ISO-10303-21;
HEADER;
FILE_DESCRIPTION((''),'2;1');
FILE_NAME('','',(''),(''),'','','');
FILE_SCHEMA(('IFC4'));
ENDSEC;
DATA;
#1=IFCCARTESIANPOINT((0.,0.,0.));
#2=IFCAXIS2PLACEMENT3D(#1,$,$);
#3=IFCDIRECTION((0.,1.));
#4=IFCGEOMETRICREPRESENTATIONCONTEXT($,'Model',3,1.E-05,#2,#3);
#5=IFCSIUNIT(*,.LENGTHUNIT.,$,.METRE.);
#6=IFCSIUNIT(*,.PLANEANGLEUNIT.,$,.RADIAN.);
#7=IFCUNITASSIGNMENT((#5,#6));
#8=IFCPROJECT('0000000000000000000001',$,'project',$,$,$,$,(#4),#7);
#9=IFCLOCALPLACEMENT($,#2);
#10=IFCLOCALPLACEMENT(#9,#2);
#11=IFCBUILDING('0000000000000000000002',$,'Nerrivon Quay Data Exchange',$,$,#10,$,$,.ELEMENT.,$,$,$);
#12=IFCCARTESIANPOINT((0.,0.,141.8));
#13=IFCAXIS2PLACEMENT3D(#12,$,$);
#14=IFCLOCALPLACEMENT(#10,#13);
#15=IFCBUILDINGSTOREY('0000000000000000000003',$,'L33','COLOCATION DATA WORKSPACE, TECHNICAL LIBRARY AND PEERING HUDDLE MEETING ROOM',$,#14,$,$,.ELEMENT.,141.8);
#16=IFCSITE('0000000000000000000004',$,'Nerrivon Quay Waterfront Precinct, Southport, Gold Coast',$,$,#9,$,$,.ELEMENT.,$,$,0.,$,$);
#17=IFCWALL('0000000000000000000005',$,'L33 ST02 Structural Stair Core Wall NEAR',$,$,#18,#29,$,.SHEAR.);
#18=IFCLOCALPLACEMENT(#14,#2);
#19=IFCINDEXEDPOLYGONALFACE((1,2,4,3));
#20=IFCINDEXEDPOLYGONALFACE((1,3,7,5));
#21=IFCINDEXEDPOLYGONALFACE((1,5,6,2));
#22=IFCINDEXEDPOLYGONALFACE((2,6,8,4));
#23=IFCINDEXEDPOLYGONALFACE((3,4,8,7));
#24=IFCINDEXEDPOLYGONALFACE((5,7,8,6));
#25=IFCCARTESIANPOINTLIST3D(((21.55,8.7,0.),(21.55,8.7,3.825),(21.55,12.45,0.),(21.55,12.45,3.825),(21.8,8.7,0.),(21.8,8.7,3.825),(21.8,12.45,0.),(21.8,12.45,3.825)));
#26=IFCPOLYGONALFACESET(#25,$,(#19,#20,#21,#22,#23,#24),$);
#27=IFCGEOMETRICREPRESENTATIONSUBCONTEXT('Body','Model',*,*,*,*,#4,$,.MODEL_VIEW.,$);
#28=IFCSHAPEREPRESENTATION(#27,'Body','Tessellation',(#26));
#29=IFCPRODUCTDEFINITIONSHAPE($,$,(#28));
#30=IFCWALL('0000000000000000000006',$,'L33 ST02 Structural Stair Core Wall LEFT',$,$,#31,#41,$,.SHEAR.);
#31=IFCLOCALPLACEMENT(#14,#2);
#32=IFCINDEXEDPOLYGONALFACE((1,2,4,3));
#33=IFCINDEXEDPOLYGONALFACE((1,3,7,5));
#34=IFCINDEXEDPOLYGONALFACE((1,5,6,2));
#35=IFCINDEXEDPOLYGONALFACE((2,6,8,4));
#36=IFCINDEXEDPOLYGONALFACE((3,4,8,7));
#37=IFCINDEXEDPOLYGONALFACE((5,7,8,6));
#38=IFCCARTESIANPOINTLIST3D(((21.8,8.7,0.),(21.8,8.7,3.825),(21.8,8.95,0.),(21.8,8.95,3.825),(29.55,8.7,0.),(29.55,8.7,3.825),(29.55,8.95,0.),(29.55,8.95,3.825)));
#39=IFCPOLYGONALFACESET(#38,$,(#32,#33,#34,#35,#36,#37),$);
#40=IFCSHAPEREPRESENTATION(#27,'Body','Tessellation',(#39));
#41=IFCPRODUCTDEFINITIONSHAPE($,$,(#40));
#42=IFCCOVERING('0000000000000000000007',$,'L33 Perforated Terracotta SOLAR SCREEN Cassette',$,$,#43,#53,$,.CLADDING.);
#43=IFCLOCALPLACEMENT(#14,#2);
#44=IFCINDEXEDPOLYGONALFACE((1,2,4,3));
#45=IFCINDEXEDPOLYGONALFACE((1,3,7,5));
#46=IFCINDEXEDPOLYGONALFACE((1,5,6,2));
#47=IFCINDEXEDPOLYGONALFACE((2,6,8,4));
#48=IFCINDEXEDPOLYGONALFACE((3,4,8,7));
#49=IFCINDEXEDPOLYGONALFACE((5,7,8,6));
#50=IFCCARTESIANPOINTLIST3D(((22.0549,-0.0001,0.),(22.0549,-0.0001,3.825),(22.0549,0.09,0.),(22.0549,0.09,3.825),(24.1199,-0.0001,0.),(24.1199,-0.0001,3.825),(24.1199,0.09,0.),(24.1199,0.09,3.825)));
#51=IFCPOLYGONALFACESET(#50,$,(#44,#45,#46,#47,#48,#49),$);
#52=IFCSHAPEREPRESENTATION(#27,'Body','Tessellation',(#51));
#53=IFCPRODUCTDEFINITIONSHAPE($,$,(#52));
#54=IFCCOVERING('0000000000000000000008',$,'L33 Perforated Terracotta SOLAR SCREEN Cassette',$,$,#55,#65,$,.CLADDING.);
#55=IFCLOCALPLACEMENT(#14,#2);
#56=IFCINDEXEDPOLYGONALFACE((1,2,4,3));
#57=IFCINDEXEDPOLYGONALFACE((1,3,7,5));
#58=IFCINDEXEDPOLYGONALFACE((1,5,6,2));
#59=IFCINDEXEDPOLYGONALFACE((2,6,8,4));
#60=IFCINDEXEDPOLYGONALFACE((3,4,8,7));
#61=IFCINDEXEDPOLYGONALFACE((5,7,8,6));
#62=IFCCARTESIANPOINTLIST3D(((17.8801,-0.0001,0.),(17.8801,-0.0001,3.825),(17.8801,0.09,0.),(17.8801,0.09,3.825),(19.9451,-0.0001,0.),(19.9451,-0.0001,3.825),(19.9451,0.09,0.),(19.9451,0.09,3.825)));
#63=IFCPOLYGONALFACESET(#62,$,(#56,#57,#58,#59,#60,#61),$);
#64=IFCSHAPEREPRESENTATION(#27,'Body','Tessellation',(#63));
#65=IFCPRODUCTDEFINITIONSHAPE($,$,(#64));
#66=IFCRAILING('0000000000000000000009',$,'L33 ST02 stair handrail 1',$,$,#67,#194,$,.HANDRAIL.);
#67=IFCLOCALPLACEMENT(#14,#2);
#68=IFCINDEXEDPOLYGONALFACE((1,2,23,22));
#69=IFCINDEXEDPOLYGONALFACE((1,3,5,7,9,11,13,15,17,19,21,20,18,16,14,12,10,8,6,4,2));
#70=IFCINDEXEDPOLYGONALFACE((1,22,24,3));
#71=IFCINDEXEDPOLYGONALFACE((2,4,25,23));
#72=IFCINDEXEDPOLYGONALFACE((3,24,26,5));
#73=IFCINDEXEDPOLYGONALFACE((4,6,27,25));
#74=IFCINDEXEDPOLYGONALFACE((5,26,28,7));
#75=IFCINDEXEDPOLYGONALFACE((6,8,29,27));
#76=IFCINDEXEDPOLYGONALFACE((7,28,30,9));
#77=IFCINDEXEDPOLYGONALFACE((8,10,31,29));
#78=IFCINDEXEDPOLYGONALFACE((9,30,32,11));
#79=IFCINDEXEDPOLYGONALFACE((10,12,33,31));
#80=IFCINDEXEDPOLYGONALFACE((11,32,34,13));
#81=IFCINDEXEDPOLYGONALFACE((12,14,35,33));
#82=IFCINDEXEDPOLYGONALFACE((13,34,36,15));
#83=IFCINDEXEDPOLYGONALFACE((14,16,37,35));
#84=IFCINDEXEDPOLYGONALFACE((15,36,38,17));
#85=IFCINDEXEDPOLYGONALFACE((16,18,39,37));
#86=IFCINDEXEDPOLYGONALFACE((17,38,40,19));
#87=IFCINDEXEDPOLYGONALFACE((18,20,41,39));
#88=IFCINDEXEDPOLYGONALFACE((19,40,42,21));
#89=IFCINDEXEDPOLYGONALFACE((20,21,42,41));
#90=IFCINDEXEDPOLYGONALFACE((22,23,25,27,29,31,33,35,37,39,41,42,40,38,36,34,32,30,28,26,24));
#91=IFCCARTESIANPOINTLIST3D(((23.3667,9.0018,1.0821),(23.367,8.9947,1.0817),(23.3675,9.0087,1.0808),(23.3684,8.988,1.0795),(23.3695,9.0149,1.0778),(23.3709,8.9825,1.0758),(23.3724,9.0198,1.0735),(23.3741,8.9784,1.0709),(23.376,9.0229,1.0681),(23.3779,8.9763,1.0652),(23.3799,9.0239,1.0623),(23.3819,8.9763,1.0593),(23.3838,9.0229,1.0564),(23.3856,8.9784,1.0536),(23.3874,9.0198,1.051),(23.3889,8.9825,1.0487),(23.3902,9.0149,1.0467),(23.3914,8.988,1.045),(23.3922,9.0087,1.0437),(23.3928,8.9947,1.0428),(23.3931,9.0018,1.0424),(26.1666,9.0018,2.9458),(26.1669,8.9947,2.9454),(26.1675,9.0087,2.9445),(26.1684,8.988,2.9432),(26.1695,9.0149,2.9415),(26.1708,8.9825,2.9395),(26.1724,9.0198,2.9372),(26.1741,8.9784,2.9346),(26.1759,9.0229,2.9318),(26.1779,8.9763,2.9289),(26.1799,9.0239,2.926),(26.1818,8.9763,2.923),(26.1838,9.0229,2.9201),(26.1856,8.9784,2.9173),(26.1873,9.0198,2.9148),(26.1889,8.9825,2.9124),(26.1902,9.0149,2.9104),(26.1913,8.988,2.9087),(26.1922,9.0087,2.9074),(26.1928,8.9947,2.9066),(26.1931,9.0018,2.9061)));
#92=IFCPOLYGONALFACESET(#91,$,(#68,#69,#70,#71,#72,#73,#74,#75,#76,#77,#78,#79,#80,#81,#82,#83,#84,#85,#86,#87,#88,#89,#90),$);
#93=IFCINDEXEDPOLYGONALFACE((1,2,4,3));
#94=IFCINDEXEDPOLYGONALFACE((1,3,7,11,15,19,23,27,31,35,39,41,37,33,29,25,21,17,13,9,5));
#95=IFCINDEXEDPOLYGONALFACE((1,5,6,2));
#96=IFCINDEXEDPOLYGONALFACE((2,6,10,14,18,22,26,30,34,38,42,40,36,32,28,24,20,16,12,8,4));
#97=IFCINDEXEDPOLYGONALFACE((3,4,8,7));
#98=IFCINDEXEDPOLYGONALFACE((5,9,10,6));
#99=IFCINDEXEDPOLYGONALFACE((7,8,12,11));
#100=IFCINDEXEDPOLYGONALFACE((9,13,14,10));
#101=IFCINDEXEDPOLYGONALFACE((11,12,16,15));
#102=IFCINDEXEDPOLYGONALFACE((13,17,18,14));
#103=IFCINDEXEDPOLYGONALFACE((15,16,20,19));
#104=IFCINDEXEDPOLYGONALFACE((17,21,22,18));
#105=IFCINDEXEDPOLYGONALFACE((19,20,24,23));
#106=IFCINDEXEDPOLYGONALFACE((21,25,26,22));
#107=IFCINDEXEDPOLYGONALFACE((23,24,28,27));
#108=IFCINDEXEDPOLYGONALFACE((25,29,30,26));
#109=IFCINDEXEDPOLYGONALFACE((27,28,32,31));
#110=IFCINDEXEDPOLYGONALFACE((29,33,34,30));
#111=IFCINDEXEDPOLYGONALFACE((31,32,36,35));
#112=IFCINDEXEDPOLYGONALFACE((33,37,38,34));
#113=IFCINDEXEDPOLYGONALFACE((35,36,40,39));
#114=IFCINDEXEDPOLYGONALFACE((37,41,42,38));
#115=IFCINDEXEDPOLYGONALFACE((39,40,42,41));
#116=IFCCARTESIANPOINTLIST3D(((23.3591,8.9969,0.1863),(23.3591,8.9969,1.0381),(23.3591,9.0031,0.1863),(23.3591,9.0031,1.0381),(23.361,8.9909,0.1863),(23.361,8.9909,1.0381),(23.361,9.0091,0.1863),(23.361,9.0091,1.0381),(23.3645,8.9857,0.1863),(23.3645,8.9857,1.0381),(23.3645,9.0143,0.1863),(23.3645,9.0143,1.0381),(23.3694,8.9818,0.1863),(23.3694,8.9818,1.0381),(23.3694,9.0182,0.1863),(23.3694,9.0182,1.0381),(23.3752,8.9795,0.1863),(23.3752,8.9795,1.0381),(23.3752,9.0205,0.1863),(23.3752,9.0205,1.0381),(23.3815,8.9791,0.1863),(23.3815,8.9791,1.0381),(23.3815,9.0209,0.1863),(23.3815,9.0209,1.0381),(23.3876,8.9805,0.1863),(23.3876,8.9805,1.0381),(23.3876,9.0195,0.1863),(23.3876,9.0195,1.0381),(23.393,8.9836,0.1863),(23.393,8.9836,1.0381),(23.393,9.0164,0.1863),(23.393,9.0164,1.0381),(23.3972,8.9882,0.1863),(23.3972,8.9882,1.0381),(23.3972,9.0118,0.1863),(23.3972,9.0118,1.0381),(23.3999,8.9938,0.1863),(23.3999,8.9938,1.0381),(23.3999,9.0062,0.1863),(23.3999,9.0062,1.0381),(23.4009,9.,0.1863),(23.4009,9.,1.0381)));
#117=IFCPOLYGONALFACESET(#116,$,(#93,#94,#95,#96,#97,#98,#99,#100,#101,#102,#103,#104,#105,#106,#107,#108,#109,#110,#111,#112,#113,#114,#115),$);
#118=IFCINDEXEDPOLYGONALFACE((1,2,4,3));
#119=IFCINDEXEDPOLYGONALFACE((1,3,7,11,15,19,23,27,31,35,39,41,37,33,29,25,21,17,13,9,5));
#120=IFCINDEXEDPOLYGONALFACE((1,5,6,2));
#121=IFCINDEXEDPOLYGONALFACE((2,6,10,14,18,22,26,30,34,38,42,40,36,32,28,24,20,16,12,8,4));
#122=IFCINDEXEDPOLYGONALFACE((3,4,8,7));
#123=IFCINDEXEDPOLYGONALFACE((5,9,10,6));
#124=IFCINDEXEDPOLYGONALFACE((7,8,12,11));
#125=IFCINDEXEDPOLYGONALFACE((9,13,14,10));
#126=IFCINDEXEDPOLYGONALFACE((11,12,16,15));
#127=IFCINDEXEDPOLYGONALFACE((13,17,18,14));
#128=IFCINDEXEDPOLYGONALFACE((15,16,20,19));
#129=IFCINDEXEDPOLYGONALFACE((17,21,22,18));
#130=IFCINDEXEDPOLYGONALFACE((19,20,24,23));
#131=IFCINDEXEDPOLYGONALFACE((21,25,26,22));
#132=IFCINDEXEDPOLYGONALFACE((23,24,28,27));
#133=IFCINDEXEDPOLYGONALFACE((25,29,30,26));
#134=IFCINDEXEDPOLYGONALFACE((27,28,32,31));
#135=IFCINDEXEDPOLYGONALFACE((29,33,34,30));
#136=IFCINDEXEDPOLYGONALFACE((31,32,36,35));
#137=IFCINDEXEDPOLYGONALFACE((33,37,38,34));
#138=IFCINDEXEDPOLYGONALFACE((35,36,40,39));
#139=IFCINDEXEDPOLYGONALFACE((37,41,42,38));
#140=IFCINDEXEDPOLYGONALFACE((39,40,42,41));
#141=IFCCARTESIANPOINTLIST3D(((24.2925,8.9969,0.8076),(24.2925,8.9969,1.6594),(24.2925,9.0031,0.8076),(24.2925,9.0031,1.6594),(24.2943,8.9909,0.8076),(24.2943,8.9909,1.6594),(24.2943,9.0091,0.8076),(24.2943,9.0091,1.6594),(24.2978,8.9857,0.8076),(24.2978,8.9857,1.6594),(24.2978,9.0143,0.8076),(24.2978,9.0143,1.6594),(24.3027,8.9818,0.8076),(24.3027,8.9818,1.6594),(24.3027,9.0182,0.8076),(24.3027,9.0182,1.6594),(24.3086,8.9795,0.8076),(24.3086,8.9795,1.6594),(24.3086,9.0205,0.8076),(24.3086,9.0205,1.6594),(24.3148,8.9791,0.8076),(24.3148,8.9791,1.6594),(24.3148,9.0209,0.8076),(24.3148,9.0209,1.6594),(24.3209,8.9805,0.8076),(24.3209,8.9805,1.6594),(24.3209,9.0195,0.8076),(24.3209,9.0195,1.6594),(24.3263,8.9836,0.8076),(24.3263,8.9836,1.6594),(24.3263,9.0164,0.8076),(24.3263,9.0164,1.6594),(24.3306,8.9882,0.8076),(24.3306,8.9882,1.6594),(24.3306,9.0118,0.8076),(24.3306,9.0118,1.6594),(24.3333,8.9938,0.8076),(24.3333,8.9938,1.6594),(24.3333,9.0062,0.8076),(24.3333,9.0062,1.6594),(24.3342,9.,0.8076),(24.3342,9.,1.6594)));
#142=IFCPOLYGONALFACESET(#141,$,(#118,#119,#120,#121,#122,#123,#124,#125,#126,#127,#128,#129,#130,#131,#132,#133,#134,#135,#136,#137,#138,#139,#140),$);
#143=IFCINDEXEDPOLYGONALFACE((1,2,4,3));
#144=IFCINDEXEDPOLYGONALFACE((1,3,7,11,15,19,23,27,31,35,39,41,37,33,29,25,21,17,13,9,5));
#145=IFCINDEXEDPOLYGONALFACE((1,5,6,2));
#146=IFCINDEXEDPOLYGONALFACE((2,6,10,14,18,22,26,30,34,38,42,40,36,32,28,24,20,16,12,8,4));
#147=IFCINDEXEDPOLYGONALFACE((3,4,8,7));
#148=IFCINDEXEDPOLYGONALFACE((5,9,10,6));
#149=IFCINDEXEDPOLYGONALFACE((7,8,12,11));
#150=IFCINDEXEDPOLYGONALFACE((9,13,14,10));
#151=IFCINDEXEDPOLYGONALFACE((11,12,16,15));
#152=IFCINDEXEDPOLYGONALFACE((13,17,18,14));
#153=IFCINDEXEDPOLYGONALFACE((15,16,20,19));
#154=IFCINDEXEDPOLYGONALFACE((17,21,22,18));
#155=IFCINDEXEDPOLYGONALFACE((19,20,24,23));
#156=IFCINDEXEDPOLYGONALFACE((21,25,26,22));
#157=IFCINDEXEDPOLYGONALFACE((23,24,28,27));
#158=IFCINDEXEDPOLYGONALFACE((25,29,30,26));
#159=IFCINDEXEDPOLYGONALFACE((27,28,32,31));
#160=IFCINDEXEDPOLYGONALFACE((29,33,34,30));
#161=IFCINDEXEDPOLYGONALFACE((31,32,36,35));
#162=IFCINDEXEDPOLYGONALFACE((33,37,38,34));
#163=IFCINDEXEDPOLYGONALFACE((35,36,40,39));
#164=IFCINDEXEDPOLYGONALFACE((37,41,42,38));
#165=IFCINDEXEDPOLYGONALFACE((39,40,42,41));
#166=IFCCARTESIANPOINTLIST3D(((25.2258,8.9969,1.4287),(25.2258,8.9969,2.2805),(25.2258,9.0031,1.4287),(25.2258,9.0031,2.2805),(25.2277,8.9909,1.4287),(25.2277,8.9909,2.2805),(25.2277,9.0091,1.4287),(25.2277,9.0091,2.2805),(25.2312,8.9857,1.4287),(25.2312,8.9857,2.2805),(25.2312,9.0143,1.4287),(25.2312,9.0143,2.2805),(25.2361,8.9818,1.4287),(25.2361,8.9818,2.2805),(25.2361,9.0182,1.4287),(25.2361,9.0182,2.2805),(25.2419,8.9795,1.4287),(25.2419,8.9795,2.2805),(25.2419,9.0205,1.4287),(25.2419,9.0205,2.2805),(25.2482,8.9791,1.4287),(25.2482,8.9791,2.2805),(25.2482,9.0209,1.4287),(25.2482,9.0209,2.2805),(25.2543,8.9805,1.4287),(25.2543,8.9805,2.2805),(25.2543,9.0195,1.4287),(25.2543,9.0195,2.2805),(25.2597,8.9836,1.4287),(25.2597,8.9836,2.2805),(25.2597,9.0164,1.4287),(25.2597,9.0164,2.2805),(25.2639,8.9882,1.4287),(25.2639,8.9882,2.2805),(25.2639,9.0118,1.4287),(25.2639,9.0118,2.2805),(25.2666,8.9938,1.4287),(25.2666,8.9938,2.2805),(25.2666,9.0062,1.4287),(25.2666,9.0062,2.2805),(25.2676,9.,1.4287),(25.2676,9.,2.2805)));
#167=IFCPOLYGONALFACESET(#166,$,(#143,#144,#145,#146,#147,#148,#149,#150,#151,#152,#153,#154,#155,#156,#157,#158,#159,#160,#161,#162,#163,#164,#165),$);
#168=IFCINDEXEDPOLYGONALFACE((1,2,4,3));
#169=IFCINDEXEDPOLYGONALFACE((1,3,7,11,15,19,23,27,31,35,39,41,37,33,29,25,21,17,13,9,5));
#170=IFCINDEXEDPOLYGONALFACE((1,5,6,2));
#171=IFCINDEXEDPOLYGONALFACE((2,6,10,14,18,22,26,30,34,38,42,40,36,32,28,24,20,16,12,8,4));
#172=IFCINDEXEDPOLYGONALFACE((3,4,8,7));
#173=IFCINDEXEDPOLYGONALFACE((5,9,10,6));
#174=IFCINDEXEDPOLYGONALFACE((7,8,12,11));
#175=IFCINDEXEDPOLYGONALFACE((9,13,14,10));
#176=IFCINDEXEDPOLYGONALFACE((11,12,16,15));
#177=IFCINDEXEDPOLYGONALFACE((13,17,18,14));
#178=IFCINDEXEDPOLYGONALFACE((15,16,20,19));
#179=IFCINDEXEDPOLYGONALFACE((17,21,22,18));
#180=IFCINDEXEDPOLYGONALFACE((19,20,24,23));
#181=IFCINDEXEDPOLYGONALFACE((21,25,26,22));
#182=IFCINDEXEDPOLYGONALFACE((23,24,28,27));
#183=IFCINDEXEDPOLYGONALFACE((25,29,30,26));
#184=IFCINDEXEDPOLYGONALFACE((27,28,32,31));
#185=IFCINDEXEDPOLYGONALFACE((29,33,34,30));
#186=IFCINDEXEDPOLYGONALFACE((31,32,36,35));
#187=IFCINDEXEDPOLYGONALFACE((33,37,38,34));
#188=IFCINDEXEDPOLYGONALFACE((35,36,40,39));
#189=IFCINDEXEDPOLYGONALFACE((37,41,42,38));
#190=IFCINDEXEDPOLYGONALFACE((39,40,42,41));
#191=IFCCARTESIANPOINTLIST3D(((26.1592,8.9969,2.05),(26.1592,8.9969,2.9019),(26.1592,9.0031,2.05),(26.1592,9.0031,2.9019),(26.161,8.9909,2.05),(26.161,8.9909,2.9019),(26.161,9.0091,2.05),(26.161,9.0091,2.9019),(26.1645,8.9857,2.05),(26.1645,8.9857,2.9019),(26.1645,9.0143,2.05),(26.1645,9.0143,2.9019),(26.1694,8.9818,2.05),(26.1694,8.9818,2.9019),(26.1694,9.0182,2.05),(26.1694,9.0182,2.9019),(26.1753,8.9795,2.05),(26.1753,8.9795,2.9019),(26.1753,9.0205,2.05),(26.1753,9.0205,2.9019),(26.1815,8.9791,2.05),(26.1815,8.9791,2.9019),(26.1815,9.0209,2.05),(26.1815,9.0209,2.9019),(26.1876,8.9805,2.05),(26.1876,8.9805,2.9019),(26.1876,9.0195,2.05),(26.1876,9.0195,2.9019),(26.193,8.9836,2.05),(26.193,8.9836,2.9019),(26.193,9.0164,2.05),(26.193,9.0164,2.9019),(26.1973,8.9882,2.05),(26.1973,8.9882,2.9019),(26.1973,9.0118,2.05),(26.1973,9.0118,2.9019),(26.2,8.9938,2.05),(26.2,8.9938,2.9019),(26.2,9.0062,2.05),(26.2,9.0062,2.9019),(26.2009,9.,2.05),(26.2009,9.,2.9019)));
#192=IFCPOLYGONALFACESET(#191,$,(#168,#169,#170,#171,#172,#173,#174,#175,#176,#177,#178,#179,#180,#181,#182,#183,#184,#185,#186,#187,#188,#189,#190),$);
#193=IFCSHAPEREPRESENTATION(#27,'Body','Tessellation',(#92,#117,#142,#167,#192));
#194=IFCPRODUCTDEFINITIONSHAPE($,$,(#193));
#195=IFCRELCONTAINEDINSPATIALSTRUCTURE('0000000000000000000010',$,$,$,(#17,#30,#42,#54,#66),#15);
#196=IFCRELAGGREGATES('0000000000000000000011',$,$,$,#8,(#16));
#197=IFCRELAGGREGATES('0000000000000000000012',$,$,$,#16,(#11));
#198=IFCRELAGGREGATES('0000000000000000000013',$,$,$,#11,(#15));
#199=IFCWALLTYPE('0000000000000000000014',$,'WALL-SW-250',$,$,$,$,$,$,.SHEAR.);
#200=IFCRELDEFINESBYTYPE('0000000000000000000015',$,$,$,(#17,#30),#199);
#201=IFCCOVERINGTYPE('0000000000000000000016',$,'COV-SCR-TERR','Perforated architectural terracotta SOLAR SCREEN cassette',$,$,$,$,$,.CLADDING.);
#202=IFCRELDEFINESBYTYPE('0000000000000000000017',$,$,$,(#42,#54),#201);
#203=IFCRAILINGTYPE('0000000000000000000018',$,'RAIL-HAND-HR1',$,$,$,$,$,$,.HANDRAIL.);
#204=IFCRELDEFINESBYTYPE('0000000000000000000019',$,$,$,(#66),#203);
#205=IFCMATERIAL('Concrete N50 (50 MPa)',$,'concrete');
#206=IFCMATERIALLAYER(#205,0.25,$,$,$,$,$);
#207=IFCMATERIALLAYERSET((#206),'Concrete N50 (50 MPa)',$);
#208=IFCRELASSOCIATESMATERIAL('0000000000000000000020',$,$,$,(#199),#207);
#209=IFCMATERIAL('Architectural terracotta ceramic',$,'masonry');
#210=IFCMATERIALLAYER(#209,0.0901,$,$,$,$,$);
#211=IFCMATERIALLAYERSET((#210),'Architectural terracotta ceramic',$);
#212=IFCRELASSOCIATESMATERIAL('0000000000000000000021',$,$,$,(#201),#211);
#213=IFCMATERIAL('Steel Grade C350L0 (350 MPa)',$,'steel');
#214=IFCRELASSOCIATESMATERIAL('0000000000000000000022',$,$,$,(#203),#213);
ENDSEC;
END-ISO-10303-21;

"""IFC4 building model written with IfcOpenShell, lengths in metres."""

from ifc_helpers import new_model, si_unit, direction, frame, frame_2d, origin, origin_2d, place, context, subcontext, project, spatial, rectangle, circle, extrude, material, layer, layer_set, type_object, element, save


model = new_model("IFC4")

# Units and contexts
model_context = context("Model", 3, precision=1e-05, world=origin(), true_north=direction((0.0, 1.0)))
body_context = subcontext(model_context, "Body", "Model", "MODEL_VIEW")
ifc_project = project(units=[si_unit("LENGTHUNIT", "METRE"), si_unit("PLANEANGLEUNIT", "RADIAN")], contexts=[model_context])

# Site, building, storey
site_placement = place(None, origin())
site = spatial("IfcSite", under=ifc_project, at=site_placement, Name="Nerrivon Quay Waterfront Precinct, Southport, Gold Coast", CompositionType="ELEMENT", RefElevation=0.0)
building_placement = place(site_placement, origin())
building = spatial("IfcBuilding", under=site, at=building_placement, Name="Nerrivon Quay Data Exchange", CompositionType="ELEMENT")
storey_placement = place(building_placement, frame((0.0, 0.0, 141.8)))
storey = spatial("IfcBuildingStorey", under=building, at=storey_placement, Name="L33", Description="COLOCATION DATA WORKSPACE, TECHNICAL LIBRARY AND PEERING HUDDLE MEETING ROOM", CompositionType="ELEMENT", Elevation=141.8)

# Shared definitions
ifc_material_1 = material(Name="Concrete N50 (50 MPa)", Category="concrete")

# Walls
ifc_layer_1 = layer(ifc_material_1, 0.25)
ifc_layer_set_1 = layer_set([ifc_layer_1], Name="Concrete N50 (50 MPa)")
wall_type_1 = type_object("IfcWallType", Name="WALL-SW-250", PredefinedType="SHEAR", material=ifc_layer_set_1)
wall_1_placement = place(storey_placement, frame((21.675, 8.7, 0.0), z_axis=(0.0, 0.0, 1.0), x_axis=(0.0, 1.0, 0.0)))
element("IfcWall", 1, at=wall_1_placement, inside=storey, type_object=wall_type_1, Name="L33 ST02 Structural Stair Core Wall NEAR", PredefinedType="SHEAR", context=body_context, shape_type="SweptSolid", body=[
    extrude(rectangle(XDim=3.75, YDim=0.25, at=frame_2d((1.875, 0.0))), origin(), (0.0, 0.0, 1.0), 3.825),
])
wall_2_placement = place(storey_placement, frame((21.8, 8.825, 0.0), z_axis=(0.0, 0.0, 1.0), x_axis=(1.0, 0.0, 0.0)))
element("IfcWall", 2, at=wall_2_placement, inside=storey, type_object=wall_type_1, Name="L33 ST02 Structural Stair Core Wall LEFT", PredefinedType="SHEAR", context=body_context, shape_type="SweptSolid", body=[
    extrude(rectangle(XDim=7.75, YDim=0.25, at=frame_2d((3.875, 0.0))), origin(), (0.0, 0.0, 1.0), 3.825),
])

# Coverings
ifc_material_2 = material(Name="Architectural terracotta ceramic", Category="masonry")
ifc_layer_2 = layer(ifc_material_2, 0.0901)
ifc_layer_set_2 = layer_set([ifc_layer_2], Name="Architectural terracotta ceramic")
covering_type = type_object("IfcCoveringType", Name="COV-SCR-TERR", Description="Perforated architectural terracotta SOLAR SCREEN cassette", PredefinedType="CLADDING", material=ifc_layer_set_2)
for number, where, z_axis, x_axis, name in (
    (3, (23.0874, 0.0449, 0.0), (0.0, 0.0, 1.0), (-1.0, 0.0, 0.0), "L33 Perforated Terracotta SOLAR SCREEN Cassette"),
    (4, (18.9126, 0.0449, 0.0), (0.0, 0.0, 1.0), (-1.0, 0.0, 0.0), "L33 Perforated Terracotta SOLAR SCREEN Cassette"),
):
    element("IfcCovering", number, at=place(storey_placement, frame(where, z_axis=z_axis, x_axis=x_axis)), inside=storey, type_object=covering_type, Name=name, PredefinedType="CLADDING", context=body_context, shape_type="SweptSolid", body=[
        extrude(rectangle(XDim=2.0649, YDim=0.0901, at=origin_2d()), origin(), (0.0, 0.0, 1.0), 3.825),
    ])

# Railing
ifc_material_3 = material(Name="Steel Grade C350L0 (350 MPa)", Category="steel")
railing_type = type_object("IfcRailingType", Name="RAIL-HAND-HR1", PredefinedType="HANDRAIL", material=ifc_material_3)
railing_placement = place(storey_placement, frame((23.3799, 9.0, 0.1863)))
element("IfcRailing", 5, at=railing_placement, inside=storey, type_object=railing_type, Name="L33 ST02 stair handrail 1", PredefinedType="HANDRAIL", context=body_context, shape_type="SweptSolid", body=[
    extrude(circle(Radius=0.0239, at=origin_2d()), frame((0.0, 0.0, 0.876), z_axis=(0.832452, 0.0, 0.554097), x_axis=(0.0, 1.0, 0.0)), (0.0, 0.0, 1.0), 3.3635),
    extrude(circle(Radius=0.021, at=origin_2d()), origin(), (0.0, 0.0, 1.0), 0.8518),
    extrude(circle(Radius=0.021, at=origin_2d()), frame((0.9333, 0.0, 0.6213)), (0.0, 0.0, 1.0), 0.8518),
    extrude(circle(Radius=0.021, at=origin_2d()), frame((1.8667, 0.0, 1.2424)), (0.0, 0.0, 1.0), 0.8518),
    extrude(circle(Radius=0.021, at=origin_2d()), frame((2.8, 0.0, 1.8638)), (0.0, 0.0, 1.0), 0.8518),
])

save(model, "model.ifc")
